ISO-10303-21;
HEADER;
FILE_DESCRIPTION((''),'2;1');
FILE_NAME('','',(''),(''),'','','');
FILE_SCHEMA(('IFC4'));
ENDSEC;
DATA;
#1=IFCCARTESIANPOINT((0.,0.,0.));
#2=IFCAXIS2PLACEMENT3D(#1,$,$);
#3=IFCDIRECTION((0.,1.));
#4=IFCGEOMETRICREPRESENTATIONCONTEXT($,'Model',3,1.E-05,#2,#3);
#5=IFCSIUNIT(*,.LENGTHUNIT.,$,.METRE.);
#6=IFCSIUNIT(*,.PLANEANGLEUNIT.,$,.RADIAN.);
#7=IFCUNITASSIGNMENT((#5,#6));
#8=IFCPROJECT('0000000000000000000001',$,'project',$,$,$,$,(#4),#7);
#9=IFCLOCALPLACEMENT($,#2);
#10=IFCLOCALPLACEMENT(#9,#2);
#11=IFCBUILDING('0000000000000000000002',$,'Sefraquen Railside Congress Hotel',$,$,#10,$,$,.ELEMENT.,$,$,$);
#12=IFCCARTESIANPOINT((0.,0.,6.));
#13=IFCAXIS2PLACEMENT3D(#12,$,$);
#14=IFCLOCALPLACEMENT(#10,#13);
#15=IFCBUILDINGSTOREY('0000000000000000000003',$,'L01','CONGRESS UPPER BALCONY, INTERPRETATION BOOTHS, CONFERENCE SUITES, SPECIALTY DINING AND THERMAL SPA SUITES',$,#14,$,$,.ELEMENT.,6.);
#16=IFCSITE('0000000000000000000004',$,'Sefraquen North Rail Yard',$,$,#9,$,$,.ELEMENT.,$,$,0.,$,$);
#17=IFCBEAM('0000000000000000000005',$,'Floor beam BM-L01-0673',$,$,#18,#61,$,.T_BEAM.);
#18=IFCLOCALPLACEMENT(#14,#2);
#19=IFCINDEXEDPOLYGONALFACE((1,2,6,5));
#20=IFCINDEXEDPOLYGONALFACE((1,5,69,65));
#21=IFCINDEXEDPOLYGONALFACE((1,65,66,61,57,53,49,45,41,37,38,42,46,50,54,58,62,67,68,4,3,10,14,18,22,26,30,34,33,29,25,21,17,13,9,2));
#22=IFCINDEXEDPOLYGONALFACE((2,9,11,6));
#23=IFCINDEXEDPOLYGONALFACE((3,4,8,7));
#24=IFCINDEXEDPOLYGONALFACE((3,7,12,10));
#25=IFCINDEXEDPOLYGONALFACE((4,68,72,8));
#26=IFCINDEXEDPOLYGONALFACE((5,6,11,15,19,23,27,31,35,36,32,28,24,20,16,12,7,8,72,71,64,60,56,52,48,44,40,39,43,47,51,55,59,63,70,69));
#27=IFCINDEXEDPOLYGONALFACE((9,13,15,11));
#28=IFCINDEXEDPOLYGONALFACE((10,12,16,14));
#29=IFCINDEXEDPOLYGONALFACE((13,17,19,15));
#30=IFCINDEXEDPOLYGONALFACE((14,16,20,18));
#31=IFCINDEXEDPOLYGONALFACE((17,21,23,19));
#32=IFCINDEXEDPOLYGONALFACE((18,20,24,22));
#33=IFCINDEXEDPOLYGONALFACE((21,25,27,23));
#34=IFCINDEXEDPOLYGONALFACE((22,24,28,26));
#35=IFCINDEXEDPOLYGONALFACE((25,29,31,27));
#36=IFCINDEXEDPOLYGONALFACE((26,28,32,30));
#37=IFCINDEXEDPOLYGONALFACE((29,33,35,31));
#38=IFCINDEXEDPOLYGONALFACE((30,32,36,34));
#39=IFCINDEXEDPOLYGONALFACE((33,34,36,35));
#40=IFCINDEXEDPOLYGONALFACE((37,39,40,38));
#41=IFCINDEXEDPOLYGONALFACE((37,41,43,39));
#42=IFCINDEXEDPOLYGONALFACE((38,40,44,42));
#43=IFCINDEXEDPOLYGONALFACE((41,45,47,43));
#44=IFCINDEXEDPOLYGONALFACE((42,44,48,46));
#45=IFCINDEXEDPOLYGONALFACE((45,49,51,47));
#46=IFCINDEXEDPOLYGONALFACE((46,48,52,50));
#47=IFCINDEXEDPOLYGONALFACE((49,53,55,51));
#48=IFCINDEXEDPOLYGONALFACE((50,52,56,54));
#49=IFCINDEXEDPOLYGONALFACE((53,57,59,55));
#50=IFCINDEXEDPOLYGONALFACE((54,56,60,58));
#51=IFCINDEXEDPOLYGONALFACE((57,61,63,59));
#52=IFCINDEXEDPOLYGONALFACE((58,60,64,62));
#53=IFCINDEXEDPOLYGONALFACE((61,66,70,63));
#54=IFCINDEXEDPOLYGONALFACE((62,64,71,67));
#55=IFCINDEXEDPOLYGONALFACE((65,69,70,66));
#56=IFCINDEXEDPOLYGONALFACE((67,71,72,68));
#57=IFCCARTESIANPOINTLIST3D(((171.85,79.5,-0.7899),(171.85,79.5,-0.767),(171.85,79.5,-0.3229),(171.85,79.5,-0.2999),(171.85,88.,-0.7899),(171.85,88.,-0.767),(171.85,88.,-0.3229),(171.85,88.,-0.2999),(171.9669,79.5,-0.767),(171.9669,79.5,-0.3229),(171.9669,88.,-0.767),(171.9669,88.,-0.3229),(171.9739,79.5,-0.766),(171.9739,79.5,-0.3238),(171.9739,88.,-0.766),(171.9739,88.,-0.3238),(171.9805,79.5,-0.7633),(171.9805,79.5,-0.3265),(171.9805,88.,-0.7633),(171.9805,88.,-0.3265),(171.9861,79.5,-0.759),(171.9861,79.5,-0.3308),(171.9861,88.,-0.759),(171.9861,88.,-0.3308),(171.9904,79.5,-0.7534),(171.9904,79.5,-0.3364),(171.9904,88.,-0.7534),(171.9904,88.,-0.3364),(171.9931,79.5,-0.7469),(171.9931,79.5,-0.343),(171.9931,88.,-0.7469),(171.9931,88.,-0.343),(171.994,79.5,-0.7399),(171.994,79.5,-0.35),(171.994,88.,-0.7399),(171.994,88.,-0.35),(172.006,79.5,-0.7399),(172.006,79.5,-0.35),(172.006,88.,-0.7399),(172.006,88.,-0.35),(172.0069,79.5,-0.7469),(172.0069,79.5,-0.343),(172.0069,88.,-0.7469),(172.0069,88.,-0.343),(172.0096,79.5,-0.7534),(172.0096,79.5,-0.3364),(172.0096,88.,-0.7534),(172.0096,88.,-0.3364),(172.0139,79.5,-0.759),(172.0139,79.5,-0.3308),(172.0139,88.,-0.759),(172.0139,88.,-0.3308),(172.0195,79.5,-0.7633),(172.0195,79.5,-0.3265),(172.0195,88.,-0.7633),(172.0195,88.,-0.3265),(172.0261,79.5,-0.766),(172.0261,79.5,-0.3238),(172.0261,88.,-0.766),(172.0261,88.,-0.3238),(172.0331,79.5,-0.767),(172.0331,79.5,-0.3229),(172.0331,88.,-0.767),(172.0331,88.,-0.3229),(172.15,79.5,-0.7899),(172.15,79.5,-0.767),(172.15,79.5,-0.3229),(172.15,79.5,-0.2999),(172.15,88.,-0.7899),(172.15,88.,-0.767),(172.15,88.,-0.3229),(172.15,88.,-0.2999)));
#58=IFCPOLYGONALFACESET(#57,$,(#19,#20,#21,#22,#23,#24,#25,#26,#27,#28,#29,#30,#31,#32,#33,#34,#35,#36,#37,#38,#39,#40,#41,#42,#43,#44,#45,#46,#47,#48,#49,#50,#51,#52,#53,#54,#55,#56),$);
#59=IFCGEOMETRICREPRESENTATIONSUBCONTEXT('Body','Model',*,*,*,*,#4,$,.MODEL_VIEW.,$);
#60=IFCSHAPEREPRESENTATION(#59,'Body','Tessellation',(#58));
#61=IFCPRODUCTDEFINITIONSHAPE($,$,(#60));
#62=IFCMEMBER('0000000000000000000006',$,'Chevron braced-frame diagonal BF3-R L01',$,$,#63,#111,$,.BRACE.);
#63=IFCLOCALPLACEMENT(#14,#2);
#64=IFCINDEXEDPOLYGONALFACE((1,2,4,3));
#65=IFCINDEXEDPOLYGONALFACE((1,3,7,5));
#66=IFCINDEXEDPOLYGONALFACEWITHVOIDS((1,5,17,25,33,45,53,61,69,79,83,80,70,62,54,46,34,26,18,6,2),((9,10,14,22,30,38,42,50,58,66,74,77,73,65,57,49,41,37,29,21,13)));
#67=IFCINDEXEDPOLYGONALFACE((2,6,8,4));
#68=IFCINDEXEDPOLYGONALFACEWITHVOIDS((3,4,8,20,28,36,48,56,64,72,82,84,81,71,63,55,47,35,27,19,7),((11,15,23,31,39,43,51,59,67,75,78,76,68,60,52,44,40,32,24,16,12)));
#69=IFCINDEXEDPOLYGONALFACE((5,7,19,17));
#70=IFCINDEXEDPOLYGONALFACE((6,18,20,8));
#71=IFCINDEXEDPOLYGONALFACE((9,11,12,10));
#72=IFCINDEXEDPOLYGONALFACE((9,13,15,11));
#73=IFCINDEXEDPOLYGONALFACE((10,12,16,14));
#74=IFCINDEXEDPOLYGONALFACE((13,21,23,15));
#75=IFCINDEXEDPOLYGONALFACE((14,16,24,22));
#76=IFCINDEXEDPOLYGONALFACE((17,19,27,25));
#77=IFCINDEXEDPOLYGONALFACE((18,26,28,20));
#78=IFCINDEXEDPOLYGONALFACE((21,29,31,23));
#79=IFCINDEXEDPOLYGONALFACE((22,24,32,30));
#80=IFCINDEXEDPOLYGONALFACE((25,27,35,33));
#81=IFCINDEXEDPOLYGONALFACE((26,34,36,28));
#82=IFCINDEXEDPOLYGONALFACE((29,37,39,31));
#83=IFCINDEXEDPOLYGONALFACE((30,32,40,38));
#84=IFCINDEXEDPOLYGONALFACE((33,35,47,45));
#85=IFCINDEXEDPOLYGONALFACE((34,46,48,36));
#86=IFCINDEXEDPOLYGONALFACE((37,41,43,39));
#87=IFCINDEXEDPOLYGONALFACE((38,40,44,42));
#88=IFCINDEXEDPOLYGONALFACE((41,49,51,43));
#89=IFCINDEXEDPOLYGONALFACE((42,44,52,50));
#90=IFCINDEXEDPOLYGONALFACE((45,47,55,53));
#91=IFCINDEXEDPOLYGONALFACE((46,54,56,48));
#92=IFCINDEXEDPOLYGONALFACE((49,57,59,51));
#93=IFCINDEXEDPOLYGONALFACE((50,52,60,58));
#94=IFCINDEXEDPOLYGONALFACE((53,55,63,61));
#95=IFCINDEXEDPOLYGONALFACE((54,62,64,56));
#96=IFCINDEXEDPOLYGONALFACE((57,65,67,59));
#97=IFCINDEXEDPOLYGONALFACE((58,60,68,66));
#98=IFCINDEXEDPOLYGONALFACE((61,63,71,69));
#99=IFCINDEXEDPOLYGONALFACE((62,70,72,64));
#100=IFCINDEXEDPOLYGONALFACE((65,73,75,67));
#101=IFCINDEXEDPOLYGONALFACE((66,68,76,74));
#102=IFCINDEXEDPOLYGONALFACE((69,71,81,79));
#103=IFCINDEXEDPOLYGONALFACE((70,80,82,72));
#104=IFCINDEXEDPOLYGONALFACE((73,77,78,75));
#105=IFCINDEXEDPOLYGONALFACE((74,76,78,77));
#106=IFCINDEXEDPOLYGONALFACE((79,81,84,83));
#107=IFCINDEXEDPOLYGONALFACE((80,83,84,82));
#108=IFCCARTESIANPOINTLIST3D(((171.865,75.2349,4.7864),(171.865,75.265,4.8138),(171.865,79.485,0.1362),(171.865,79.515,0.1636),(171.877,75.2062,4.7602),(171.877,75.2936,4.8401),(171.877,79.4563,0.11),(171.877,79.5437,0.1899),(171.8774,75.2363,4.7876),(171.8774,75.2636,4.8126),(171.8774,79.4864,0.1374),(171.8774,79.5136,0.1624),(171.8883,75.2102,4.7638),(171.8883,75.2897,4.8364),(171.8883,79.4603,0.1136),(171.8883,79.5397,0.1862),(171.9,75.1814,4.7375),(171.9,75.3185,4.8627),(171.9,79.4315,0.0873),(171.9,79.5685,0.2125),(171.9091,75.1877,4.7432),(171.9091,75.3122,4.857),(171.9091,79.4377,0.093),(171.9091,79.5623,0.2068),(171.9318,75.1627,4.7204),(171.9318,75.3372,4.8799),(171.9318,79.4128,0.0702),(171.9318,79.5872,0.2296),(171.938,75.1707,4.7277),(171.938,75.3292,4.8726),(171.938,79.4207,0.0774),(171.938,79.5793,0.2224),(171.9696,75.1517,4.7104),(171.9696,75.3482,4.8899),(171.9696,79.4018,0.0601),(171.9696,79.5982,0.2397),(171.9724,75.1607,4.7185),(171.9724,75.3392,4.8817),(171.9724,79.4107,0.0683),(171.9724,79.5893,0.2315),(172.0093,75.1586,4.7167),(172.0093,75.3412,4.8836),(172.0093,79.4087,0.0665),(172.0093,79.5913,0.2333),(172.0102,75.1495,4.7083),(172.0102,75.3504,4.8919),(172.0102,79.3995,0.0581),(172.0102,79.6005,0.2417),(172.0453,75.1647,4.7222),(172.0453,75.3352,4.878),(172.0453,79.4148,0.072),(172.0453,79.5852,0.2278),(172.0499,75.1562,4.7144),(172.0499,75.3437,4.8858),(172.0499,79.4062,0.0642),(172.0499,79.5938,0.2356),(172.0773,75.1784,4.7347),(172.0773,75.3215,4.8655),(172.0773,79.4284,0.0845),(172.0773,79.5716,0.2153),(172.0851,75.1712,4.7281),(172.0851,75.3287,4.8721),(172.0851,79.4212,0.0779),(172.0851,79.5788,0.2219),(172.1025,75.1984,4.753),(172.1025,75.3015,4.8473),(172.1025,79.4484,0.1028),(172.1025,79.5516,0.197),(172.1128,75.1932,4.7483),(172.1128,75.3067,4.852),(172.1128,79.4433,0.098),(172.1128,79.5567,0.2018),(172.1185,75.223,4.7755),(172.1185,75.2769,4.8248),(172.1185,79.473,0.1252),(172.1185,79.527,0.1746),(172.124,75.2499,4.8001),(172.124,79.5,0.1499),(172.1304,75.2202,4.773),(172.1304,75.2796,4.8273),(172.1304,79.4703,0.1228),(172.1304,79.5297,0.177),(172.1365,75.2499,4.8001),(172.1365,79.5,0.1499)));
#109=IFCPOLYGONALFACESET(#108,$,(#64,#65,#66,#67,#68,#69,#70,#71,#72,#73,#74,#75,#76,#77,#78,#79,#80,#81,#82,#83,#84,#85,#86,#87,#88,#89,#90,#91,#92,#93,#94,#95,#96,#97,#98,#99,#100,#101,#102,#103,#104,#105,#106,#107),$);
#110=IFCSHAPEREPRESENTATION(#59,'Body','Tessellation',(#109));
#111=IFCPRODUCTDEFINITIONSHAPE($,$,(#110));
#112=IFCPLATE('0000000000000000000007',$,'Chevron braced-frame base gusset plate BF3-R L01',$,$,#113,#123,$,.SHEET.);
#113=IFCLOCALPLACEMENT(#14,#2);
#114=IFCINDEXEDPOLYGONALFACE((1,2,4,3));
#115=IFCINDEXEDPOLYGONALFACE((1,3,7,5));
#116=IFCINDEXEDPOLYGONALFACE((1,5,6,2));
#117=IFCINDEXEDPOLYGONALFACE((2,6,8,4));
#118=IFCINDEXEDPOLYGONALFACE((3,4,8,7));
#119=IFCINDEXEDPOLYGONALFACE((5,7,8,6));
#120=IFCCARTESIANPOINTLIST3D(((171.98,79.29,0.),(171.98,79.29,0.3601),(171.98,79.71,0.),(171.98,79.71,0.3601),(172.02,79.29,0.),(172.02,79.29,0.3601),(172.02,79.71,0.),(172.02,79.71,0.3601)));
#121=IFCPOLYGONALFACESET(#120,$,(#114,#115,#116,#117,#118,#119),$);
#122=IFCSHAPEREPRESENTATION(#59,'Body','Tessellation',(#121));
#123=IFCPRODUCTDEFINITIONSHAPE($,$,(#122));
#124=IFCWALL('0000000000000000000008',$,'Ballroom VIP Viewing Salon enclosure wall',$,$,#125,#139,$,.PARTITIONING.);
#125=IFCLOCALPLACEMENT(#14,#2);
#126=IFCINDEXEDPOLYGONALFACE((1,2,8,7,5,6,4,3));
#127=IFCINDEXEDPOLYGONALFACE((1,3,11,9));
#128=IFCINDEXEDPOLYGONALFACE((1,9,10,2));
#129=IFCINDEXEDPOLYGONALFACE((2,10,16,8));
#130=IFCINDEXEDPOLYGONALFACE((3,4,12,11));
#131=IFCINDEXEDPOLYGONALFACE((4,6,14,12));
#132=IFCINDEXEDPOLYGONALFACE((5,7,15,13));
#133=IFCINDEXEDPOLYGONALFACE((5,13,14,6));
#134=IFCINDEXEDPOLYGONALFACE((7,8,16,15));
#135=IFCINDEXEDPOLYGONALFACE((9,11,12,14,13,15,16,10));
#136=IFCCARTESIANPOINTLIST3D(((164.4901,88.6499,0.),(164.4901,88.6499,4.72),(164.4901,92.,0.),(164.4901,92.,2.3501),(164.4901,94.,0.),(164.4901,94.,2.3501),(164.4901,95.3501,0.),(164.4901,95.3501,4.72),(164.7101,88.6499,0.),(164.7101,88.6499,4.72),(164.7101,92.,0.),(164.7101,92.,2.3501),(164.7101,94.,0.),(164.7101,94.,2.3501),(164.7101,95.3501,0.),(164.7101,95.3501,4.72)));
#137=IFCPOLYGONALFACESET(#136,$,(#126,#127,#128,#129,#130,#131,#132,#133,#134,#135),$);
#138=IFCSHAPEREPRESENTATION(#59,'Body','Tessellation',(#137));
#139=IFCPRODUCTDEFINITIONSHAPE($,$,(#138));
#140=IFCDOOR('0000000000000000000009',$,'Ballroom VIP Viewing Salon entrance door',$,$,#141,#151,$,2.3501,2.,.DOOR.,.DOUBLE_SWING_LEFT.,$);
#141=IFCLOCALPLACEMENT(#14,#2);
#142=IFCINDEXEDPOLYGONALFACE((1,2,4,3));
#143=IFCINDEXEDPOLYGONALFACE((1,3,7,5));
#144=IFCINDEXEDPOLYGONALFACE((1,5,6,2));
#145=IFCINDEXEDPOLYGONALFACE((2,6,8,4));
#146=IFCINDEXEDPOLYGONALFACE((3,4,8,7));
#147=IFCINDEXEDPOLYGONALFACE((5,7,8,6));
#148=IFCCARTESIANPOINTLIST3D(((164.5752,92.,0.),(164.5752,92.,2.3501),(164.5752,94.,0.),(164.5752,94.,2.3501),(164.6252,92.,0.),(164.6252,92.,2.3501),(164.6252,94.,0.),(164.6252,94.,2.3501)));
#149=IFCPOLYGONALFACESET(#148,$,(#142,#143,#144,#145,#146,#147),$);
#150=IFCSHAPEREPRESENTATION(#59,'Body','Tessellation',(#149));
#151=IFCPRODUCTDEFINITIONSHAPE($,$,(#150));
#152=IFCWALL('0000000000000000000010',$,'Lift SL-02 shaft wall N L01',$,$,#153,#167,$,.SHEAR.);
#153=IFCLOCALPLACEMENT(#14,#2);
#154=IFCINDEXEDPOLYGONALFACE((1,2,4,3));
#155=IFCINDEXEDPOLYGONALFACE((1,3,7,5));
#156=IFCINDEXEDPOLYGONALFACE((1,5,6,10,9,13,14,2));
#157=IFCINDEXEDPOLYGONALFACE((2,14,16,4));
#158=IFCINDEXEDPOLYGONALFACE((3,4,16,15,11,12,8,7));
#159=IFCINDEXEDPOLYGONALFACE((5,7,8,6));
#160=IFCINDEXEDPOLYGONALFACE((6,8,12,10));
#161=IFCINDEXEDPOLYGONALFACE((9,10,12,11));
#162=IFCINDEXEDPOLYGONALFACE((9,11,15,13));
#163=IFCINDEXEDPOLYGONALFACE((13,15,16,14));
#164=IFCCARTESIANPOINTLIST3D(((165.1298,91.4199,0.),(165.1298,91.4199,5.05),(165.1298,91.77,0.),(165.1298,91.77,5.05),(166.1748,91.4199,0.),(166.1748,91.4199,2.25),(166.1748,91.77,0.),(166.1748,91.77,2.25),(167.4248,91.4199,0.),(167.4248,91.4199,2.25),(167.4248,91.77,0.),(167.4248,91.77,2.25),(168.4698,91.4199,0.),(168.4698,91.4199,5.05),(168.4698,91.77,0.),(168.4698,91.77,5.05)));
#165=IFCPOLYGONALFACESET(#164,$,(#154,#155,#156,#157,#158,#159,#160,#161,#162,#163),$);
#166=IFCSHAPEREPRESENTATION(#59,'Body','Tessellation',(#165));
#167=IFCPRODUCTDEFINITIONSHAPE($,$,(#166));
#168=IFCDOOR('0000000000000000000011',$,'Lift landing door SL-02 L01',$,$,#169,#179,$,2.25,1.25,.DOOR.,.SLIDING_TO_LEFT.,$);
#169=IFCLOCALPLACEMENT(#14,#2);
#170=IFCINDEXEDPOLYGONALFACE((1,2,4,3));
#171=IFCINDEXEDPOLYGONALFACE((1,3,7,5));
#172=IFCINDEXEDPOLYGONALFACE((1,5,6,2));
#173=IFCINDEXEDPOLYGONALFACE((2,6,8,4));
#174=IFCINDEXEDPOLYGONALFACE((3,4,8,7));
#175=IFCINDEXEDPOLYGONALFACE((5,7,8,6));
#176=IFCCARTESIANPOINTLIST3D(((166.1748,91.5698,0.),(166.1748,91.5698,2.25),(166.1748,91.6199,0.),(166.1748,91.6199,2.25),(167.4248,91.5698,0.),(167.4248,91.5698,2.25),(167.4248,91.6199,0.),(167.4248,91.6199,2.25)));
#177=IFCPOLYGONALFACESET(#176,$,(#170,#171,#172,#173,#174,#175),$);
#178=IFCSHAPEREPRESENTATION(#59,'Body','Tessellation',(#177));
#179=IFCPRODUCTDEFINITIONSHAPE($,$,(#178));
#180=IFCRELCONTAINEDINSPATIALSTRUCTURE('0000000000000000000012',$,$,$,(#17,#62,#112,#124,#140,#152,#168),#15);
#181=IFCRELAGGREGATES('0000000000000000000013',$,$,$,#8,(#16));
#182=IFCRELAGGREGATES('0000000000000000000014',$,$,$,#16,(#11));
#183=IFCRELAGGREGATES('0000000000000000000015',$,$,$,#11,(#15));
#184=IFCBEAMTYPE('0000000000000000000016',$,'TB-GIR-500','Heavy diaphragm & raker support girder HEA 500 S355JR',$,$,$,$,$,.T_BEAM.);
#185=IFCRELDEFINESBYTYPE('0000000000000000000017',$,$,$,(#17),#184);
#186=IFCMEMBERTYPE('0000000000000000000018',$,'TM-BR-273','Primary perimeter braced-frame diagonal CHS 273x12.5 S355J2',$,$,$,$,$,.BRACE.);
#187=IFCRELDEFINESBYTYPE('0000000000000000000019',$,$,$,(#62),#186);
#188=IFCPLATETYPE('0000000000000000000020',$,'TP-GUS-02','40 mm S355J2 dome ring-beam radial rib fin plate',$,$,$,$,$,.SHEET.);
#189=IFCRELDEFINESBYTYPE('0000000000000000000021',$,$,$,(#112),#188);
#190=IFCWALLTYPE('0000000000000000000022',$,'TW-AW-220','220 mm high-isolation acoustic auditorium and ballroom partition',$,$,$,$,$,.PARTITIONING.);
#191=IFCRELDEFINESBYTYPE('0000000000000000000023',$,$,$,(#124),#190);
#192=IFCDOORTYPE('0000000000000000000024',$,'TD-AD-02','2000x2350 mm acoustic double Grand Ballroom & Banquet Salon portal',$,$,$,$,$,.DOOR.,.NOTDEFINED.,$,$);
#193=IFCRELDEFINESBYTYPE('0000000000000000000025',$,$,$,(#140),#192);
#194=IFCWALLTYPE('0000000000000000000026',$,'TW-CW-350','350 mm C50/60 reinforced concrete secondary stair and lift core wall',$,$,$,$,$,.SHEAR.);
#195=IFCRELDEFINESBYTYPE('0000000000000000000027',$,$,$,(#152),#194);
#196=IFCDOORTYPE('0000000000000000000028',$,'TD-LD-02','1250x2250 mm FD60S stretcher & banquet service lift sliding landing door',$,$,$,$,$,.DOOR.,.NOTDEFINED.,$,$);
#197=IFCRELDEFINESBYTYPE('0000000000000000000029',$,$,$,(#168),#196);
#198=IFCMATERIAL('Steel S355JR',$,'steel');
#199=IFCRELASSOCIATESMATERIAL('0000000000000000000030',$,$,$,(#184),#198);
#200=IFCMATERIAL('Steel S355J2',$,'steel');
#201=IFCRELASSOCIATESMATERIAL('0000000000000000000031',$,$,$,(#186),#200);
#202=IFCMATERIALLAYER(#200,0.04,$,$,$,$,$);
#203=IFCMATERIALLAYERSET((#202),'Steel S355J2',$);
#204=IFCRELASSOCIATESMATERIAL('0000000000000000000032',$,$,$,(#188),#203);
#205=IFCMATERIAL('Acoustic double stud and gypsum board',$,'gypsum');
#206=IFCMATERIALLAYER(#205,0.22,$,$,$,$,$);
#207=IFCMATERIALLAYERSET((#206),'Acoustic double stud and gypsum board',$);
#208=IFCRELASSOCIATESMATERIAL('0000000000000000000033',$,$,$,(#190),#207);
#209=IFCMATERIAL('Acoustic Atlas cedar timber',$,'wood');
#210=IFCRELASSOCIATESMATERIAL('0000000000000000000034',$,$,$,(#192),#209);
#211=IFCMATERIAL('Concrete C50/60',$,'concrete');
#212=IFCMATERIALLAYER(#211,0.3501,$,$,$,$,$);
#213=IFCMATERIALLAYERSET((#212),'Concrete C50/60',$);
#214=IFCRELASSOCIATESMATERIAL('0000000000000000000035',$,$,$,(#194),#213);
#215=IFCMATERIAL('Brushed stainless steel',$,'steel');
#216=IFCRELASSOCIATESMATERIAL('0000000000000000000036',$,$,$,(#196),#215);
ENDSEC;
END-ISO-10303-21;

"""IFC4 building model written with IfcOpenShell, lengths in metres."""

from ifc_helpers import new_model, si_unit, direction, frame, frame_2d, origin, origin_2d, place, context, subcontext, project, spatial, rectangle, hollow_circle, i_section, extrude, material, layer, layer_set, material_profile, profile_set, type_object, element, fill, save


model = new_model("IFC4")

# Units and contexts
model_context = context("Model", 3, precision=1e-05, world=origin(), true_north=direction((0.0, 1.0)))
body_context = subcontext(model_context, "Body", "Model", "MODEL_VIEW")
ifc_project = project(units=[si_unit("LENGTHUNIT", "METRE"), si_unit("PLANEANGLEUNIT", "RADIAN")], contexts=[model_context])

# Site, building, storey
site_placement = place(None, origin())
site = spatial("IfcSite", under=ifc_project, at=site_placement, Name="Sefraquen North Rail Yard", CompositionType="ELEMENT", RefElevation=0.0)
building_placement = place(site_placement, origin())
building = spatial("IfcBuilding", under=site, at=building_placement, Name="Sefraquen Railside Congress Hotel", CompositionType="ELEMENT")
storey_placement = place(building_placement, frame((0.0, 0.0, 6.0)))
storey = spatial("IfcBuildingStorey", under=building, at=storey_placement, Name="L01", Description="CONGRESS UPPER BALCONY, INTERPRETATION BOOTHS, CONFERENCE SUITES, SPECIALTY DINING AND THERMAL SPA SUITES", CompositionType="ELEMENT", Elevation=6.0)

# Shared definitions
ifc_material_1 = material(Name="Steel S355J2", Category="steel")

# Beam
ifc_material_2 = material(Name="Steel S355JR", Category="steel")
ifc_material_profile_1 = material_profile(ifc_material_2, i_section(OverallWidth=0.3, OverallDepth=0.49, WebThickness=0.012, FlangeThickness=0.0229, FilletRadius=0.0271, at=origin_2d()), Name="HEA 500")
ifc_profile_set_1 = profile_set([ifc_material_profile_1], Name="Steel S355JR")
beam_type_1 = type_object("IfcBeamType", Name="TB-GIR-500", Description="Heavy diaphragm & raker support girder HEA 500 S355JR", PredefinedType="T_BEAM", material=ifc_profile_set_1)
beam_1_placement = place(storey_placement, frame((172.0, 79.5, -0.5449), z_axis=(0.0, 1.0, 0.0), x_axis=(-1.0, 0.0, 0.0)))
element("IfcBeam", 1, at=beam_1_placement, inside=storey, type_object=beam_type_1, Name="Floor beam BM-L01-0673", PredefinedType="T_BEAM", context=body_context, shape_type="SweptSolid", body=[
    extrude(i_section(OverallWidth=0.3, OverallDepth=0.49, WebThickness=0.012, FlangeThickness=0.0229, FilletRadius=0.0271, at=origin_2d()), origin(), (0.0, 0.0, 1.0), 8.5),
])

# Member
ifc_material_profile_2 = material_profile(ifc_material_1, hollow_circle(Radius=0.1365, WallThickness=0.0125, at=origin_2d()), Name="CHS 273x12.5")
ifc_profile_set_2 = profile_set([ifc_material_profile_2], Name="Steel S355J2")
member_type = type_object("IfcMemberType", Name="TM-BR-273", Description="Primary perimeter braced-frame diagonal CHS 273x12.5 S355J2", PredefinedType="BRACE", material=ifc_profile_set_2)
member_placement = place(storey_placement, frame((172.0, 79.5, 0.1499), z_axis=(0.0, -0.674634, 0.738152), x_axis=(1.0, 0.0, 0.0)))
element("IfcMember", 2, at=member_placement, inside=storey, type_object=member_type, Name="Chevron braced-frame diagonal BF3-R L01", PredefinedType="BRACE", context=body_context, shape_type="SweptSolid", body=[
    extrude(hollow_circle(Radius=0.1365, WallThickness=0.0125, at=origin_2d()), origin(), (0.0, 0.0, 1.0), 6.2998),
])

# Plate
ifc_layer_1 = layer(ifc_material_1, 0.04)
ifc_layer_set_1 = layer_set([ifc_layer_1], Name="Steel S355J2")
plate_type = type_object("IfcPlateType", Name="TP-GUS-02", Description="40 mm S355J2 dome ring-beam radial rib fin plate", PredefinedType="SHEET", material=ifc_layer_set_1)
plate_placement = place(storey_placement, frame((172.0, 79.5, 0.0), z_axis=(0.0, 0.0, 1.0), x_axis=(0.0, 1.0, 0.0)))
element("IfcPlate", 3, at=plate_placement, inside=storey, type_object=plate_type, Name="Chevron braced-frame base gusset plate BF3-R L01", PredefinedType="SHEET", context=body_context, shape_type="SweptSolid", body=[
    extrude(rectangle(XDim=0.4199, YDim=0.04, at=origin_2d()), origin(), (0.0, 0.0, 1.0), 0.3601),
])

# Walls, openings, doors
ifc_material_3 = material(Name="Acoustic double stud and gypsum board", Category="gypsum")
ifc_layer_2 = layer(ifc_material_3, 0.22)
ifc_layer_set_2 = layer_set([ifc_layer_2], Name="Acoustic double stud and gypsum board")
wall_type_1 = type_object("IfcWallType", Name="TW-AW-220", Description="220 mm high-isolation acoustic auditorium and ballroom partition", PredefinedType="PARTITIONING", material=ifc_layer_set_2)
wall_1_placement = place(storey_placement, frame((164.6001, 88.6499, 0.0), z_axis=(0.0, 0.0, 1.0), x_axis=(0.0, 1.0, 0.0)))
wall_1 = element("IfcWall", 4, at=wall_1_placement, inside=storey, type_object=wall_type_1, Name="Ballroom VIP Viewing Salon enclosure wall", PredefinedType="PARTITIONING", context=body_context, shape_type="SweptSolid", body=[
    extrude(rectangle(XDim=6.7002, YDim=0.22, at=frame_2d((3.3501, 0.0))), origin(), (0.0, 0.0, 1.0), 4.72),
])
opening_1_placement = place(wall_1_placement, frame((3.3501, 0.0, 0.0)))
opening_1 = element("IfcOpeningElement", 5, at=opening_1_placement, cuts=wall_1, PredefinedType="OPENING", context=body_context, shape_type="SweptSolid", body=[
    extrude(rectangle(XDim=2.0, YDim=2.3501, at=frame_2d((1.0, 1.175))), frame((0.0, 0.1199, 0.0), z_axis=(0.0, -1.0, 0.0), x_axis=(1.0, 0.0, 0.0)), (0.0, 0.0, 1.0), 0.24),
])
ifc_material_4 = material(Name="Acoustic Atlas cedar timber", Category="wood")
door_type_1 = type_object("IfcDoorType", Name="TD-AD-02", Description="2000x2350 mm acoustic double Grand Ballroom & Banquet Salon portal", OperationType="NOTDEFINED", PredefinedType="DOOR", material=ifc_material_4)
door_1_placement = place(opening_1_placement, origin())
door_1 = element("IfcDoor", 6, at=door_1_placement, inside=storey, type_object=door_type_1, Name="Ballroom VIP Viewing Salon entrance door", OperationType="DOUBLE_SWING_LEFT", OverallHeight=2.3501, OverallWidth=2.0, PredefinedType="DOOR", context=body_context, shape_type="SweptSolid", body=[
    extrude(rectangle(XDim=2.0, YDim=2.3501, at=frame_2d((1.0, 1.175))), frame((0.0, 0.0249, 0.0), z_axis=(0.0, -1.0, 0.0), x_axis=(1.0, 0.0, 0.0)), (0.0, 0.0, 1.0), 0.05),
])
fill(opening_1, door_1)
ifc_material_5 = material(Name="Concrete C50/60", Category="concrete")
ifc_layer_3 = layer(ifc_material_5, 0.3501)
ifc_layer_set_3 = layer_set([ifc_layer_3], Name="Concrete C50/60")
wall_type_2 = type_object("IfcWallType", Name="TW-CW-350", Description="350 mm C50/60 reinforced concrete secondary stair and lift core wall", PredefinedType="SHEAR", material=ifc_layer_set_3)
wall_2_placement = place(storey_placement, frame((165.1299, 91.595, 0.0), z_axis=(0.0, 0.0, 1.0), x_axis=(1.0, 0.0, 0.0)))
wall_2 = element("IfcWall", 7, at=wall_2_placement, inside=storey, type_object=wall_type_2, Name="Lift SL-02 shaft wall N L01", PredefinedType="SHEAR", context=body_context, shape_type="SweptSolid", body=[
    extrude(rectangle(XDim=3.3401, YDim=0.3501, at=frame_2d((1.6699, 0.0))), origin(), (0.0, 0.0, 1.0), 5.05),
])
opening_2_placement = place(wall_2_placement, frame((1.0449, 0.0, 0.0)))
opening_2 = element("IfcOpeningElement", 8, at=opening_2_placement, cuts=wall_2, PredefinedType="OPENING", context=body_context, shape_type="SweptSolid", body=[
    extrude(rectangle(XDim=1.25, YDim=2.25, at=frame_2d((0.625, 1.125))), frame((0.0, 0.1851, 0.0), z_axis=(0.0, -1.0, 0.0), x_axis=(1.0, 0.0, 0.0)), (0.0, 0.0, 1.0), 0.3701),
])
ifc_material_6 = material(Name="Brushed stainless steel", Category="steel")
door_type_2 = type_object("IfcDoorType", Name="TD-LD-02", Description="1250x2250 mm FD60S stretcher & banquet service lift sliding landing door", OperationType="NOTDEFINED", PredefinedType="DOOR", material=ifc_material_6)
door_2_placement = place(opening_2_placement, origin())
door_2 = element("IfcDoor", 9, at=door_2_placement, inside=storey, type_object=door_type_2, Name="Lift landing door SL-02 L01", OperationType="SLIDING_TO_LEFT", OverallHeight=2.25, OverallWidth=1.25, PredefinedType="DOOR", context=body_context, shape_type="SweptSolid", body=[
    extrude(rectangle(XDim=1.25, YDim=2.25, at=frame_2d((0.625, 1.125))), frame((0.0, 0.0249, 0.0), z_axis=(0.0, -1.0, 0.0), x_axis=(1.0, 0.0, 0.0)), (0.0, 0.0, 1.0), 0.05),
])
fill(opening_2, door_2)

save(model, "model.ifc")
